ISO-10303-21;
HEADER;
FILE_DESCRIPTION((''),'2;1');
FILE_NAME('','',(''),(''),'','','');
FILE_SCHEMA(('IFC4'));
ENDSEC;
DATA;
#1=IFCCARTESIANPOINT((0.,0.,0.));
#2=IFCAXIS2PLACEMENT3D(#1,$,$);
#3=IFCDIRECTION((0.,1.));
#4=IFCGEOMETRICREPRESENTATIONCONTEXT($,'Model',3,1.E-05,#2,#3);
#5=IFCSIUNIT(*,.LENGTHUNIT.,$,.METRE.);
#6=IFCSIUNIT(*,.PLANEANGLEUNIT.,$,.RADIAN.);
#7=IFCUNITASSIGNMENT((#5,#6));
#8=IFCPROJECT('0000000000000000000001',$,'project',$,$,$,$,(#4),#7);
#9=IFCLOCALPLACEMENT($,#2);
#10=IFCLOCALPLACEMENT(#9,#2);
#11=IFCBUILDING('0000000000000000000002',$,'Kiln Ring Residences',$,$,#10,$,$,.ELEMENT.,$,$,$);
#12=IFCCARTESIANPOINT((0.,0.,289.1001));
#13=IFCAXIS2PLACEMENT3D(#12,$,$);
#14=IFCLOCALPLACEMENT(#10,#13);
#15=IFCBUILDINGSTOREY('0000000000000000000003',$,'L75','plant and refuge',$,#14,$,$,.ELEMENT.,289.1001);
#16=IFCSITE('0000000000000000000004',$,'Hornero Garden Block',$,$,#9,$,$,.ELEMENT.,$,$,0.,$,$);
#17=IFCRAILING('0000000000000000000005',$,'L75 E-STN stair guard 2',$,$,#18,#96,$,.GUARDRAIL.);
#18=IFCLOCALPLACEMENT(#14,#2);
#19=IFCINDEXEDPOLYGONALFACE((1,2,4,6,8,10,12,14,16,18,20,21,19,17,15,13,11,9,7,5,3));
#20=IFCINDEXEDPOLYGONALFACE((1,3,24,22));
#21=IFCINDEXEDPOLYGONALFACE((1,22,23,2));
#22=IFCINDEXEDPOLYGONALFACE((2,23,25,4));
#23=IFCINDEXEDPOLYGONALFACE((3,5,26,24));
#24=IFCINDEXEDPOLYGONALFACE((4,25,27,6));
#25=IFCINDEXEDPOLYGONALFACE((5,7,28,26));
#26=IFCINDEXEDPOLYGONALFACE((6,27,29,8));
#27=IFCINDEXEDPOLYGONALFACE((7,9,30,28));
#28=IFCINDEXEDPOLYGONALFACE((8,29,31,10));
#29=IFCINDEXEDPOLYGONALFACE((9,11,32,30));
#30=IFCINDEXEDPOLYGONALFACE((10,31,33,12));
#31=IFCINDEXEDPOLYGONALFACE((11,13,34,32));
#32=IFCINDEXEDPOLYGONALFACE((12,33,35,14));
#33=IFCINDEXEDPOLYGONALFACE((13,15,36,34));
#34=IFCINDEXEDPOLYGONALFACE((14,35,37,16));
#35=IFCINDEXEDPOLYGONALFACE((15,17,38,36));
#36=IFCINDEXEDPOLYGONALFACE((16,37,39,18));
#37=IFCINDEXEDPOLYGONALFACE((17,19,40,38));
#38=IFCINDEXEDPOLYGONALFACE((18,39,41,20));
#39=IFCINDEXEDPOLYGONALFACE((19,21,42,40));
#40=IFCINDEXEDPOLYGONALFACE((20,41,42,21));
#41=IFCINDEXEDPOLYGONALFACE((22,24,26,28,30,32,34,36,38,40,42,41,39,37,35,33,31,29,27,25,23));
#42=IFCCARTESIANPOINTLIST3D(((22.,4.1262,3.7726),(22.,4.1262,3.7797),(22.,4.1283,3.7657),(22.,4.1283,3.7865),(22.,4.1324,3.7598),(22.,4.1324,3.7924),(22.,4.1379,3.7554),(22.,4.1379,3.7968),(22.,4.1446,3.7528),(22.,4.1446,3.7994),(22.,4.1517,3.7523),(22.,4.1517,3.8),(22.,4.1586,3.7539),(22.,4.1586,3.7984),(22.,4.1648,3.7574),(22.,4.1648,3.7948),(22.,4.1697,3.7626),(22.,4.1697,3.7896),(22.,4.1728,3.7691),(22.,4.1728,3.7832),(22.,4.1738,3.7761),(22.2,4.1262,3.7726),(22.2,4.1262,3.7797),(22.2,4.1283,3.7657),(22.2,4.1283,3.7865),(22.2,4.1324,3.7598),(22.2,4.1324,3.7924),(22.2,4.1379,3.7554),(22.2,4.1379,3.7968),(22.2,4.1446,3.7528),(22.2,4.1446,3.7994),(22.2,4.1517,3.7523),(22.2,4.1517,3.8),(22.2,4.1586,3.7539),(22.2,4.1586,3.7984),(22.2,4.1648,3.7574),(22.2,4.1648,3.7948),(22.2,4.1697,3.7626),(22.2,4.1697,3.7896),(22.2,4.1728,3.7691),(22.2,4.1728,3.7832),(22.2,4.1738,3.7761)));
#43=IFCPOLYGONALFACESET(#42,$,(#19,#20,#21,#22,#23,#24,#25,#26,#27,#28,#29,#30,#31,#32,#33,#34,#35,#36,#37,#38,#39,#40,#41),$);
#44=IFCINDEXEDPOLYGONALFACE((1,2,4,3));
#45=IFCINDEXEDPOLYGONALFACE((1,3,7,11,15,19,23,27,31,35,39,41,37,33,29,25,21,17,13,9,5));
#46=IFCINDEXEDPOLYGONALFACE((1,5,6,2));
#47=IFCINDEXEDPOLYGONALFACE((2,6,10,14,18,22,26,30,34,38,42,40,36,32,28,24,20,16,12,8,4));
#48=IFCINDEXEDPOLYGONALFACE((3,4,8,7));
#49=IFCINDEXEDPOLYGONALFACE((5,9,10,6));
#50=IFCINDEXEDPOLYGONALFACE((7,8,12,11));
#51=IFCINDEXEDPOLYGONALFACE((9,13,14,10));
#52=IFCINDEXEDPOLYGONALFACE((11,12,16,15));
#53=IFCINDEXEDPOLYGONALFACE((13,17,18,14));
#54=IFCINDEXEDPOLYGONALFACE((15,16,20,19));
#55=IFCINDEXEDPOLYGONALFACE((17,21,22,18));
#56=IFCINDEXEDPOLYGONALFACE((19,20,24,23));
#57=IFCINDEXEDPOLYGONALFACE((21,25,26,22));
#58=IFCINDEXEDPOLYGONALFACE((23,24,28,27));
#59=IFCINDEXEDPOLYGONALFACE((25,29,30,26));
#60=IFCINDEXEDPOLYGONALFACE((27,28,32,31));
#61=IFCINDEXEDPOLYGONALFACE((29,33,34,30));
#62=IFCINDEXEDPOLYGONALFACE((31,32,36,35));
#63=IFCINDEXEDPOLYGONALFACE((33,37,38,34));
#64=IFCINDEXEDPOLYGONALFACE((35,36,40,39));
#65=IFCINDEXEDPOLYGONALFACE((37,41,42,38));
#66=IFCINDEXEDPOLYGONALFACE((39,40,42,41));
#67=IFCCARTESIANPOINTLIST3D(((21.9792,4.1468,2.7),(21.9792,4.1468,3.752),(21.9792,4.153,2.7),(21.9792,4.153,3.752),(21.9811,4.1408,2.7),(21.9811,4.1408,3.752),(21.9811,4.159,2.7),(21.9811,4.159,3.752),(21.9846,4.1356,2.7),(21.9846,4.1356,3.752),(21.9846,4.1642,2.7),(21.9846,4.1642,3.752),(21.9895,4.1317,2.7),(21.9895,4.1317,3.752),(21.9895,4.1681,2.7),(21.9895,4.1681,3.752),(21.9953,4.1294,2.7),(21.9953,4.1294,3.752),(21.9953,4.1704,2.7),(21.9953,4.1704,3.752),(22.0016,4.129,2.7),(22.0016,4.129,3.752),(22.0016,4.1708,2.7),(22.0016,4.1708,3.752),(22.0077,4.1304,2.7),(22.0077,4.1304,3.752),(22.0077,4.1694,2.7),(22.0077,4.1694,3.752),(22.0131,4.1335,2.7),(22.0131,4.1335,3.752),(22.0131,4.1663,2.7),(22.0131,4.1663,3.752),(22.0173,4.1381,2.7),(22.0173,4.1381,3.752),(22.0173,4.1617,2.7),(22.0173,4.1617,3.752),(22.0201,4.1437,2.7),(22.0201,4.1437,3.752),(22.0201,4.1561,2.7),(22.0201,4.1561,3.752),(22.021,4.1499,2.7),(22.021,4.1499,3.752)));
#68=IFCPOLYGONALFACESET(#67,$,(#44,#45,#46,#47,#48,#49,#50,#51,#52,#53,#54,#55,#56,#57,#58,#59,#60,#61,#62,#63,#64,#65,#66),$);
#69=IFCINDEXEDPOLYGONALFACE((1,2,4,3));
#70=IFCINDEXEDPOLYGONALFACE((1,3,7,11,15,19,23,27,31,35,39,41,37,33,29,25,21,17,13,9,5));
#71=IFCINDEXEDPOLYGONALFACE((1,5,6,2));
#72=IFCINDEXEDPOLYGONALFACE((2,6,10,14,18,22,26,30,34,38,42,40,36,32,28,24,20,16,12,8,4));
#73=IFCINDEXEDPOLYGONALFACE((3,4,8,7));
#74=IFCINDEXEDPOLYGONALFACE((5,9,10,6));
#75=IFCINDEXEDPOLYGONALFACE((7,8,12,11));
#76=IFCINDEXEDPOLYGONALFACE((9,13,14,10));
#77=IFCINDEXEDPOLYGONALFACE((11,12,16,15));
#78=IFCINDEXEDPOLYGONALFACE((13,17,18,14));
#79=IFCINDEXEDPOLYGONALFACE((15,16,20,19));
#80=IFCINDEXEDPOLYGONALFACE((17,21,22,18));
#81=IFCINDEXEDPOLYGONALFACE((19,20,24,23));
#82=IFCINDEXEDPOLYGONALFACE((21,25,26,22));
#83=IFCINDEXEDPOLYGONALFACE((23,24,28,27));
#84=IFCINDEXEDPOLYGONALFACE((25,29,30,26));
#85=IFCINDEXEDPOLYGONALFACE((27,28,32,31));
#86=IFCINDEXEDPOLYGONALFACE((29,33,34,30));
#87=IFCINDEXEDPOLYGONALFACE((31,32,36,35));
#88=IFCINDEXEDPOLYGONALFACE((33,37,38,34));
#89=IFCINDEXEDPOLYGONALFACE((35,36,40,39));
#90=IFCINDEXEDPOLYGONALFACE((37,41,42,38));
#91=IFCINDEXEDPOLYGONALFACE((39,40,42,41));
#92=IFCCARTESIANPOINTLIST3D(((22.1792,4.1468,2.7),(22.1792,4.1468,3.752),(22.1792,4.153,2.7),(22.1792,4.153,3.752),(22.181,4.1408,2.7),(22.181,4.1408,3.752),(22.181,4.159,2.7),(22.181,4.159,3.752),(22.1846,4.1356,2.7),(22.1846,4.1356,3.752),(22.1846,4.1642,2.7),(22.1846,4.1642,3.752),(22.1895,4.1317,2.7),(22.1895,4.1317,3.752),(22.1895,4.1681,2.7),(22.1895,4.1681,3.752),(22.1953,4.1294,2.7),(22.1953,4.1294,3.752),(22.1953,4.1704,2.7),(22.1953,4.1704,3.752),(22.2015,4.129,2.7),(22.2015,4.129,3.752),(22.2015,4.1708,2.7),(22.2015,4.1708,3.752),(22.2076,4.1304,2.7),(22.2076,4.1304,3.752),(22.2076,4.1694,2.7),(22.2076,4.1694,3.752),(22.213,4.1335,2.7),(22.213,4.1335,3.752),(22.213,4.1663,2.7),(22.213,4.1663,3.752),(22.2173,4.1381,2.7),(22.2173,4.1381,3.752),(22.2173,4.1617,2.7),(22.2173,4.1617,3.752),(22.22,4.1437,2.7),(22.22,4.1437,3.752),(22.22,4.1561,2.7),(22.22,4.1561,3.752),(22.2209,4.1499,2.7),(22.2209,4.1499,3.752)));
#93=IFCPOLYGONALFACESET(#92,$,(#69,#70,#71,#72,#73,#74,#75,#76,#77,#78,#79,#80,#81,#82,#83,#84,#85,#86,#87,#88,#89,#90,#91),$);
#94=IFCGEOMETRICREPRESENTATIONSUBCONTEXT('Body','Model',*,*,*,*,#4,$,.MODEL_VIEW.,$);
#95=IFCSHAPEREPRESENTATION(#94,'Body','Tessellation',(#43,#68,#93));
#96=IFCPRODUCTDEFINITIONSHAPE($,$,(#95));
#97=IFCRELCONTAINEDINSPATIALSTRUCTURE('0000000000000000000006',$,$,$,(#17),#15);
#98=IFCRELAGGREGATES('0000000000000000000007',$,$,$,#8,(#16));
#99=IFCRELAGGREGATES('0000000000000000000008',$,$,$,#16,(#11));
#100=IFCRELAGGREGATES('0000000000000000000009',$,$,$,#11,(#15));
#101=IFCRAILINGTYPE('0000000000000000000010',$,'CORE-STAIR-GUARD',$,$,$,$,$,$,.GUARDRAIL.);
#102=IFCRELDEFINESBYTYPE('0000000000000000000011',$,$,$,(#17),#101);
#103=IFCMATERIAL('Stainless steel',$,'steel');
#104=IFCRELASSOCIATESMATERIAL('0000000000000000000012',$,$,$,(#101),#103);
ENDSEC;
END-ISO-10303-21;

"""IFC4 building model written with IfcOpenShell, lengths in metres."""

from ifc_helpers import new_model, si_unit, direction, frame, origin, origin_2d, place, context, subcontext, project, spatial, circle, extrude, material, type_object, element, save


model = new_model("IFC4")

# Units and contexts
model_context = context("Model", 3, precision=1e-05, world=origin(), true_north=direction((0.0, 1.0)))
body_context = subcontext(model_context, "Body", "Model", "MODEL_VIEW")
ifc_project = project(units=[si_unit("LENGTHUNIT", "METRE"), si_unit("PLANEANGLEUNIT", "RADIAN")], contexts=[model_context])

# Site, building, storey
site_placement = place(None, origin())
site = spatial("IfcSite", under=ifc_project, at=site_placement, Name="Hornero Garden Block", CompositionType="ELEMENT", RefElevation=0.0)
building_placement = place(site_placement, origin())
building = spatial("IfcBuilding", under=site, at=building_placement, Name="Kiln Ring Residences", CompositionType="ELEMENT")
storey_placement = place(building_placement, frame((0.0, 0.0, 289.1001)))
storey = spatial("IfcBuildingStorey", under=building, at=storey_placement, Name="L75", Description="plant and refuge", CompositionType="ELEMENT", Elevation=289.1001)

# Railing
ifc_material_1 = material(Name="Stainless steel", Category="steel")
railing_type_1 = type_object("IfcRailingType", Name="CORE-STAIR-GUARD", PredefinedType="GUARDRAIL", material=ifc_material_1)
railing_1_placement = place(storey_placement, frame((22.0, 4.1499, 2.7)))
element("IfcRailing", 1, at=railing_1_placement, inside=storey, type_object=railing_type_1, Name="L75 E-STN stair guard 2", PredefinedType="GUARDRAIL", context=body_context, shape_type="SweptSolid", body=[
    extrude(circle(Radius=0.0239, at=origin_2d()), frame((0.0, 0.0, 1.0762), z_axis=(1.0, 0.0, 0.0), x_axis=(0.0, 1.0, 0.0)), (0.0, 0.0, 1.0), 0.2),
    extrude(circle(Radius=0.021, at=origin_2d()), origin(), (0.0, 0.0, 1.0), 1.052),
    extrude(circle(Radius=0.021, at=origin_2d()), frame((0.2, 0.0, 0.0)), (0.0, 0.0, 1.0), 1.052),
])

save(model, "model.ifc")
